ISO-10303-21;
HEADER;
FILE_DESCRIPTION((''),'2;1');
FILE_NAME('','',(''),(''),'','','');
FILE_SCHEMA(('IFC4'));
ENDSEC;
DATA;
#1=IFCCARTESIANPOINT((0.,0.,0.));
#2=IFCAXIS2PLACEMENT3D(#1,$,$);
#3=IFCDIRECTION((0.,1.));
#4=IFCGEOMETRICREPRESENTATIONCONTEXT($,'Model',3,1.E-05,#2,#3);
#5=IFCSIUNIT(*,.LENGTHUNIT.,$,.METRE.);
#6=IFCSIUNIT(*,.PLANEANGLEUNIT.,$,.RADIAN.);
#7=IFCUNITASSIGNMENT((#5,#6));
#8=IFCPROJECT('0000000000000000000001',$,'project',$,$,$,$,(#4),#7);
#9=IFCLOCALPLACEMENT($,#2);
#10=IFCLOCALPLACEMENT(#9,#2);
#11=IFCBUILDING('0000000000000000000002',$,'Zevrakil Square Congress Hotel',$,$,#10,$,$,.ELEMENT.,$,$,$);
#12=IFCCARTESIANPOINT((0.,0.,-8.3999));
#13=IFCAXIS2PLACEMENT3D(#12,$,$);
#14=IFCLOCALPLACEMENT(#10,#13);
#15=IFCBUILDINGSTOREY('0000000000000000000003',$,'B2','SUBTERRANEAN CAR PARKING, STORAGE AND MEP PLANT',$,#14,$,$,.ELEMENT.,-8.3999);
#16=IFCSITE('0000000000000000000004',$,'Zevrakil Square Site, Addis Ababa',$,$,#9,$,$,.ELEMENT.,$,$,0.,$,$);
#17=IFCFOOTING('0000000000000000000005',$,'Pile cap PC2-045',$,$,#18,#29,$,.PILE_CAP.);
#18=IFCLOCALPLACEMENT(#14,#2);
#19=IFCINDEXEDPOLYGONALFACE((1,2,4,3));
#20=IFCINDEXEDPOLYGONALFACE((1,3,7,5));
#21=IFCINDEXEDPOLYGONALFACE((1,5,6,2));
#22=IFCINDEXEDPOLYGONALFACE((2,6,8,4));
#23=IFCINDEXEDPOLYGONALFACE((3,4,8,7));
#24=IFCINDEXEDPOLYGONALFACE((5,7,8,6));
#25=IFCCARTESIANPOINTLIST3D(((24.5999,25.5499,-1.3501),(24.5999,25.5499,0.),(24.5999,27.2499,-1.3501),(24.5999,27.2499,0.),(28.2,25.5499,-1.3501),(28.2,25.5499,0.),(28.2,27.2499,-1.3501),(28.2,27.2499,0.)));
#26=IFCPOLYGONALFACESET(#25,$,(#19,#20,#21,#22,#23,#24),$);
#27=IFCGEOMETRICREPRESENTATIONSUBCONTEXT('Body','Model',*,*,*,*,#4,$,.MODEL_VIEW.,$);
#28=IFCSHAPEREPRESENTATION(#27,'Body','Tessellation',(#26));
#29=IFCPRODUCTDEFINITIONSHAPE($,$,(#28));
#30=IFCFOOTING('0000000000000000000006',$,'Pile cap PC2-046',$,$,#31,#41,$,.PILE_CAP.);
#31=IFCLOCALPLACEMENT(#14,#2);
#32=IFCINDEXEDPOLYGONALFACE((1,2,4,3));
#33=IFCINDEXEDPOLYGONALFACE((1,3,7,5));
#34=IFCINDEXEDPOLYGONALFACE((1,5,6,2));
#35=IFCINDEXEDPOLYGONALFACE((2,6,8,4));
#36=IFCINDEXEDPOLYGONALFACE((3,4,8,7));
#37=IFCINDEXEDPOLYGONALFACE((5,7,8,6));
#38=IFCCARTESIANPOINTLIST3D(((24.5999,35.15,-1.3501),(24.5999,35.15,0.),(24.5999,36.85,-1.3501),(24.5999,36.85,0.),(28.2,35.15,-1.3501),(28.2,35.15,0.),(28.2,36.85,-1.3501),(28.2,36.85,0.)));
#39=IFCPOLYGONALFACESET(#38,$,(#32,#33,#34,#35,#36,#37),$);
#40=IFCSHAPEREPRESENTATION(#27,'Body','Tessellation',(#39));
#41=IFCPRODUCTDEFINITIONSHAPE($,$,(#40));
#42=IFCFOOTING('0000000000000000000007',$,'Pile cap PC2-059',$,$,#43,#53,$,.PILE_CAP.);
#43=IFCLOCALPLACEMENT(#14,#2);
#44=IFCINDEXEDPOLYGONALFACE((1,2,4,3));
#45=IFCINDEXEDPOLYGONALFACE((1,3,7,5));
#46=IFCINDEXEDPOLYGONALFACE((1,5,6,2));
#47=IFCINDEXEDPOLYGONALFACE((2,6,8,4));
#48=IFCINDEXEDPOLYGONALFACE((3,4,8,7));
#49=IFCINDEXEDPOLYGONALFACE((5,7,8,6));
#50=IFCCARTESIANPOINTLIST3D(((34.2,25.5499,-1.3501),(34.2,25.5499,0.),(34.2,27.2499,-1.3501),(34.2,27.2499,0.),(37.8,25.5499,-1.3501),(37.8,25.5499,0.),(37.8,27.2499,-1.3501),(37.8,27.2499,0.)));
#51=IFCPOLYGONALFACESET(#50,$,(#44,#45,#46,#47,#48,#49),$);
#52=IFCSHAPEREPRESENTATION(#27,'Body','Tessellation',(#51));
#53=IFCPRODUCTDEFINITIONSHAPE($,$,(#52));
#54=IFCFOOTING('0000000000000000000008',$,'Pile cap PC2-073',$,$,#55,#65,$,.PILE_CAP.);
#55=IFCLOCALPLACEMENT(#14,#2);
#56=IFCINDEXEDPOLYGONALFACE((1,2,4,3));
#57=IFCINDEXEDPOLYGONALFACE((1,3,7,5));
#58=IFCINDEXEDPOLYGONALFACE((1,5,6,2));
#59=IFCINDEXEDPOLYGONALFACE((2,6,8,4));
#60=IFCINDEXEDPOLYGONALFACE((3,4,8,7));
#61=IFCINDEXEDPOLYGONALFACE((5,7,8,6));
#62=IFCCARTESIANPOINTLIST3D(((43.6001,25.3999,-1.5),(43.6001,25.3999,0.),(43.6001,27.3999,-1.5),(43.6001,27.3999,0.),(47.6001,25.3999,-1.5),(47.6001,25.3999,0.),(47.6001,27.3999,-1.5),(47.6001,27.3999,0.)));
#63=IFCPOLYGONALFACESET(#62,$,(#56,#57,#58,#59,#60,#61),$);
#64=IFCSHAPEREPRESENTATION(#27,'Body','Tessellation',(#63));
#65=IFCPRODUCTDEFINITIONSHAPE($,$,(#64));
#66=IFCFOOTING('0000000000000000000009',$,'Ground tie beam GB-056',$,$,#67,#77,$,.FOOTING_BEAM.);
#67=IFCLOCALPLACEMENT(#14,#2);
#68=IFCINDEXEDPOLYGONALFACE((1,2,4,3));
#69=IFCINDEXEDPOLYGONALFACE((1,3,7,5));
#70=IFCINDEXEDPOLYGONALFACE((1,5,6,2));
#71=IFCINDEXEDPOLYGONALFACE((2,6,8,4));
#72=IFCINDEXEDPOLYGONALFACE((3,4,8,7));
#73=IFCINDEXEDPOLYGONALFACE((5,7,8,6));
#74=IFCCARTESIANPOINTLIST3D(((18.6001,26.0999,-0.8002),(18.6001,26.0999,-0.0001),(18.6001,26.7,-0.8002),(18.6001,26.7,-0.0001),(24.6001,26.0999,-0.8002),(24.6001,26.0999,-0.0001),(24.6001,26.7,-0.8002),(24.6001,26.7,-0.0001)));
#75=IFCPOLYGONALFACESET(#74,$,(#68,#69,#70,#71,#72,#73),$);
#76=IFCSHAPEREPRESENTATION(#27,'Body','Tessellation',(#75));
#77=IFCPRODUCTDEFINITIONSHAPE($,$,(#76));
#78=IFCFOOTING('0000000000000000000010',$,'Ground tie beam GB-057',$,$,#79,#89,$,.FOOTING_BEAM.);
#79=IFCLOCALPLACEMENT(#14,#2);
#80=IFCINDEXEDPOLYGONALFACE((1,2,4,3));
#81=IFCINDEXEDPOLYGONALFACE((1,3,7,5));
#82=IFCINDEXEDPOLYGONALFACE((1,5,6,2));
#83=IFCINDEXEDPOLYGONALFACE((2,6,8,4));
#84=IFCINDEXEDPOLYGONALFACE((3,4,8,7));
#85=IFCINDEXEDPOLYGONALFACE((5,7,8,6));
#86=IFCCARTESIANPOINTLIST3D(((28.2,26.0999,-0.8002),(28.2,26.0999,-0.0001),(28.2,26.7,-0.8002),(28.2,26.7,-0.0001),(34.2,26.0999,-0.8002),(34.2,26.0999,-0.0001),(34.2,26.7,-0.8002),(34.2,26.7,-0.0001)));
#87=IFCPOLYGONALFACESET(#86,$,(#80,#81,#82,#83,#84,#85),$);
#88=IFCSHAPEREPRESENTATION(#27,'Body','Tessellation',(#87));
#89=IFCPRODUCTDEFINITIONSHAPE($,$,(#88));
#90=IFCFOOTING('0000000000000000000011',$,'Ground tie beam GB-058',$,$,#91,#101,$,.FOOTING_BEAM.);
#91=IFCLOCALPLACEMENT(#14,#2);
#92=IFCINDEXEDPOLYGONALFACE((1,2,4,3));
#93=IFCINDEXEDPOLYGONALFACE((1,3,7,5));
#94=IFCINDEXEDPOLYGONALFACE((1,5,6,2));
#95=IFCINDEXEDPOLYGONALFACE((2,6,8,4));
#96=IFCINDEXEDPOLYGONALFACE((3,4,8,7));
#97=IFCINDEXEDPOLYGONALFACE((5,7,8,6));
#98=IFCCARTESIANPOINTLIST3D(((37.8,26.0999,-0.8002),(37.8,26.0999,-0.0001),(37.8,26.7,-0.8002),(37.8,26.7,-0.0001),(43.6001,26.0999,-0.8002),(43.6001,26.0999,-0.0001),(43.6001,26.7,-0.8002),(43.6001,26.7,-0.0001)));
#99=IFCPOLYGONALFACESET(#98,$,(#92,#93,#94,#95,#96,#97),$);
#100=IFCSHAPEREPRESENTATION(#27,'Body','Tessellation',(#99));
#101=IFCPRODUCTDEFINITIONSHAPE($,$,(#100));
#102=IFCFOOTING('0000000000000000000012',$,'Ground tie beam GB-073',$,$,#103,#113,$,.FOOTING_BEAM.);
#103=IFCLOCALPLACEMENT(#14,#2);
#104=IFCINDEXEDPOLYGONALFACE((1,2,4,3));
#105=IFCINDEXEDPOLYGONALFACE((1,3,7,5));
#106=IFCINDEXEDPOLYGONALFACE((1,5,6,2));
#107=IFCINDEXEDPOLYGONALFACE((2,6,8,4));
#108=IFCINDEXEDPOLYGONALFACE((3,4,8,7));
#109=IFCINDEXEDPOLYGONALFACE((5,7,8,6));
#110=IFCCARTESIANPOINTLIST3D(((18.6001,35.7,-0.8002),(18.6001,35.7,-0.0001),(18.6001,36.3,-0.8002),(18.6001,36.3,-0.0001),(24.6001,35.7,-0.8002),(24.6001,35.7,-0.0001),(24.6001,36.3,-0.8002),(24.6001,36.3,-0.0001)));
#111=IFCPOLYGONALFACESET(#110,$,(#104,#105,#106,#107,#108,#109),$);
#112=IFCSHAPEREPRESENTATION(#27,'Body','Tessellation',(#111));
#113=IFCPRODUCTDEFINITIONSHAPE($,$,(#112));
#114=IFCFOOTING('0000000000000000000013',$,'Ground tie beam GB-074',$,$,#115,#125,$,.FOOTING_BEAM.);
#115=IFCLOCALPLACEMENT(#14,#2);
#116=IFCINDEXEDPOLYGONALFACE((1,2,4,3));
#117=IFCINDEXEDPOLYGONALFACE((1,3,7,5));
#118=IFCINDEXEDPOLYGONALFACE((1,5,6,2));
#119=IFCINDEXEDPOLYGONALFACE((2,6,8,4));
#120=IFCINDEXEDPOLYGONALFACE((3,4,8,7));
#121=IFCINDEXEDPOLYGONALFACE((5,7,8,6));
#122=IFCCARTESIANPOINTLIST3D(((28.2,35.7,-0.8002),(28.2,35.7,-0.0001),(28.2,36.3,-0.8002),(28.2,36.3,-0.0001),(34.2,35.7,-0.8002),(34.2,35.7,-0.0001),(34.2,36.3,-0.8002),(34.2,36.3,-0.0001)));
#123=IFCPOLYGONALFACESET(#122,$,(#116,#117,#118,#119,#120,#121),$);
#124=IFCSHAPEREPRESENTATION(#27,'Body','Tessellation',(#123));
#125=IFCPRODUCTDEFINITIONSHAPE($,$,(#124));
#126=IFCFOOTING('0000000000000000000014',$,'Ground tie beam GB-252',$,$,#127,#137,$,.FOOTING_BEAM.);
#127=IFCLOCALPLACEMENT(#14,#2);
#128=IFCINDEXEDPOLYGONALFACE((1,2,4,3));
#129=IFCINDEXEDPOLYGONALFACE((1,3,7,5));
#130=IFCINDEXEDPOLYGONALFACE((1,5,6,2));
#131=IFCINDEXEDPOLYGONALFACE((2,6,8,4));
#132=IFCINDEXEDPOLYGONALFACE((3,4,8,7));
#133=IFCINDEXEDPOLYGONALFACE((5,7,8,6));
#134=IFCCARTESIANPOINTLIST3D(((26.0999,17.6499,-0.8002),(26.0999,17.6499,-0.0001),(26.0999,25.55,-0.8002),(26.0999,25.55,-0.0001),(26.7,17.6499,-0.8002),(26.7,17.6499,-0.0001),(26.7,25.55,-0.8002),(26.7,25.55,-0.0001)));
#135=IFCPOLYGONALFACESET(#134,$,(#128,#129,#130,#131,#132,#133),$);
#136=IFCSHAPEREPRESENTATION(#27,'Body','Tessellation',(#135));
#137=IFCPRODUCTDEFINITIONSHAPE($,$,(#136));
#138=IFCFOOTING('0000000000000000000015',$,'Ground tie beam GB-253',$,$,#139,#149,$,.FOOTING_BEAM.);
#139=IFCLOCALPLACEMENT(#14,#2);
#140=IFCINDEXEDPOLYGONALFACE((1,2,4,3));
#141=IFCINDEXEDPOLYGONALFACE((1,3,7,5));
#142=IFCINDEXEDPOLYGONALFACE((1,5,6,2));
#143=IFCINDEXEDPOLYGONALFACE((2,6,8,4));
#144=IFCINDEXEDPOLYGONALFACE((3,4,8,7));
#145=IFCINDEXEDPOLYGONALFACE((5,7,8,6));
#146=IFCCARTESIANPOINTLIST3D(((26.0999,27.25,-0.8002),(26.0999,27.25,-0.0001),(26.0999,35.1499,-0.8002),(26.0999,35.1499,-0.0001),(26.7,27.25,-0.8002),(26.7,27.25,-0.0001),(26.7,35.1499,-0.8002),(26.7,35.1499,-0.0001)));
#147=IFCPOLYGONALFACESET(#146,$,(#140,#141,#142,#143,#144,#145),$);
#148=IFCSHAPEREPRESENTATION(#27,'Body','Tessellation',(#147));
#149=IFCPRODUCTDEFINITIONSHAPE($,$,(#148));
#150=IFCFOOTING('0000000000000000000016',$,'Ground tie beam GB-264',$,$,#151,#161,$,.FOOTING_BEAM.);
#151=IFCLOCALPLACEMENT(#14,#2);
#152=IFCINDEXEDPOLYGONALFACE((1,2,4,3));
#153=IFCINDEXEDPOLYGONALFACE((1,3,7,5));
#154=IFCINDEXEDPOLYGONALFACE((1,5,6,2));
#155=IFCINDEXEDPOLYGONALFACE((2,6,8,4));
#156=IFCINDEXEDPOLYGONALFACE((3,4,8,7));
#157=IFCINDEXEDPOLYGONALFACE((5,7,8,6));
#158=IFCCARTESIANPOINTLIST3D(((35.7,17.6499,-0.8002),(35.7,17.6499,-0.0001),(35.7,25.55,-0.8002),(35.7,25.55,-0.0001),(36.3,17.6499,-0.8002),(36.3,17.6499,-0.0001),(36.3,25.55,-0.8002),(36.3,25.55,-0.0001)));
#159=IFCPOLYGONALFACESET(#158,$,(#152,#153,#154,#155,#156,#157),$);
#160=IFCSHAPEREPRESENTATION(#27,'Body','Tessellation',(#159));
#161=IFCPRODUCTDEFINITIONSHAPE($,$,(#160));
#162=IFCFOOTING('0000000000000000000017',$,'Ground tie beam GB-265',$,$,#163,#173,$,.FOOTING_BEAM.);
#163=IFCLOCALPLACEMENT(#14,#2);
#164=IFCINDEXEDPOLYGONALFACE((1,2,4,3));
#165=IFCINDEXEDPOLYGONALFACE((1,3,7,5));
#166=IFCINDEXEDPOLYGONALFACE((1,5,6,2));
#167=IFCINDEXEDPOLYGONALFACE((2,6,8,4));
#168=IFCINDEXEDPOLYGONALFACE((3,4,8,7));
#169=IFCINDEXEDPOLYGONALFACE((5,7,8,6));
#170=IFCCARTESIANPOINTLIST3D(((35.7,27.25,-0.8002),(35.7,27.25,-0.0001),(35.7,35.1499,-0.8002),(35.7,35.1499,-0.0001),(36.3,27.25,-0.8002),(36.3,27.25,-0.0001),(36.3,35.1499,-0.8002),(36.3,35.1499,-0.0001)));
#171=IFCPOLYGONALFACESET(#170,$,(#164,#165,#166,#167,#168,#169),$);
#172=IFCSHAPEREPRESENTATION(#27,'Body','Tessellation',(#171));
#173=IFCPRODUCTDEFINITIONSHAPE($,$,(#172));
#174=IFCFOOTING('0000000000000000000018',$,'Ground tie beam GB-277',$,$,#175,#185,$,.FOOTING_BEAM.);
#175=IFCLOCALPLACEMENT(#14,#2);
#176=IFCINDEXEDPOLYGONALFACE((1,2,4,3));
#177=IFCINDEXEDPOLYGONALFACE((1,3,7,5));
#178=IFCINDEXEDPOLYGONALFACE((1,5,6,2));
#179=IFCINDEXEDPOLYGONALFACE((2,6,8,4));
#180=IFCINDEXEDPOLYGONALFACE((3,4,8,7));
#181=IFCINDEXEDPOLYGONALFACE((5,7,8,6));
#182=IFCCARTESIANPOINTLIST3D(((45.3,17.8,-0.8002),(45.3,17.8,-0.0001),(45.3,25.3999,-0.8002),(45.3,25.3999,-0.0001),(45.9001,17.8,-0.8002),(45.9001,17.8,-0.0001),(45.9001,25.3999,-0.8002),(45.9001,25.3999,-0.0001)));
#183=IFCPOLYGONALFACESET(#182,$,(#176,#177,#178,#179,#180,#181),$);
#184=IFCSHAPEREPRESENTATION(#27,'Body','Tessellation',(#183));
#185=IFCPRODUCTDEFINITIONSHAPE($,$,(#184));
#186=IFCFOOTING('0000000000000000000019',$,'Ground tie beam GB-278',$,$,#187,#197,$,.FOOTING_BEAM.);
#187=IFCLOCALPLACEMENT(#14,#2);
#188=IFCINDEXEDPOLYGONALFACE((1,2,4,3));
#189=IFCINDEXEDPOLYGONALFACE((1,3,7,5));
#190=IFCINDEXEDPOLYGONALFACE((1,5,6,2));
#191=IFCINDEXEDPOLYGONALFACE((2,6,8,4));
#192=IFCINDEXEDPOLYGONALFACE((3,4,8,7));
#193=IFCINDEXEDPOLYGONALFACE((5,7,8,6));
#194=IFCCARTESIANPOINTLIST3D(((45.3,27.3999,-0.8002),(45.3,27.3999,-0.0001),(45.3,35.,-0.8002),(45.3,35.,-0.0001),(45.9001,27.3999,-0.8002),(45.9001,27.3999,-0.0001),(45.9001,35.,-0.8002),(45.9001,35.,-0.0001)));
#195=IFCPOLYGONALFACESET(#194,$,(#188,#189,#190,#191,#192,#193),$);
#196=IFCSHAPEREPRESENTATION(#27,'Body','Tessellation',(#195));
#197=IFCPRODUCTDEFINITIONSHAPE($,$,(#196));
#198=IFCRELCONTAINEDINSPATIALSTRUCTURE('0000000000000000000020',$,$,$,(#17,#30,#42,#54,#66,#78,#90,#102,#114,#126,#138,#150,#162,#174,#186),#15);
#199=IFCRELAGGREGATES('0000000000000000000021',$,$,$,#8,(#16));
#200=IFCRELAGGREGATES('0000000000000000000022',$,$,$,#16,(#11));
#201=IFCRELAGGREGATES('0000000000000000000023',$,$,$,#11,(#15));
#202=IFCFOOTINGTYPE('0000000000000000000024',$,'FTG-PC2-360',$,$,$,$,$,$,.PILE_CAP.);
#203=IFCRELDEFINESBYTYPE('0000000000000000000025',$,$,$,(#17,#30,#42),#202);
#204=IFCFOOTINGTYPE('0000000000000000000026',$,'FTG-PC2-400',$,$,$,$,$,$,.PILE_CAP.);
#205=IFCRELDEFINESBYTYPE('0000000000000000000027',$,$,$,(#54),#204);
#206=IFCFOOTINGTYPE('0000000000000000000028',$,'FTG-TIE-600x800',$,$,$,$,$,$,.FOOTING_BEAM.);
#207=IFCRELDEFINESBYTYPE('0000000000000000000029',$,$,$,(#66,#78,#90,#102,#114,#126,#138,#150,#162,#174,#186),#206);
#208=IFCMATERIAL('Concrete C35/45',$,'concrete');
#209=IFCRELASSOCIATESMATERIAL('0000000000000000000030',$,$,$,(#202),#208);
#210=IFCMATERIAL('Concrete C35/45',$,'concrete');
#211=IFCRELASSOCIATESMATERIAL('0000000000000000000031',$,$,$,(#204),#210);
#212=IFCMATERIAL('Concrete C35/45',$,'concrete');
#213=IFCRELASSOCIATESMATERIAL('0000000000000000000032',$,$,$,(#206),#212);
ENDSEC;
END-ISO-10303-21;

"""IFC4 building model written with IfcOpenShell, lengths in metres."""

from ifc_helpers import new_model, si_unit, direction, frame, origin, origin_2d, place, context, subcontext, project, spatial, rectangle, extrude, material, material_profile, profile_set, type_object, element, save


model = new_model("IFC4")

# Units and contexts
model_context = context("Model", 3, precision=1e-05, world=origin(), true_north=direction((0.0, 1.0)))
body_context = subcontext(model_context, "Body", "Model", "MODEL_VIEW")
ifc_project = project(units=[si_unit("LENGTHUNIT", "METRE"), si_unit("PLANEANGLEUNIT", "RADIAN")], contexts=[model_context])

# Site, building, storey
site_placement = place(None, origin())
site = spatial("IfcSite", under=ifc_project, at=site_placement, Name="Zevrakil Square Site, Addis Ababa", CompositionType="ELEMENT", RefElevation=0.0)
building_placement = place(site_placement, origin())
building = spatial("IfcBuilding", under=site, at=building_placement, Name="Zevrakil Square Congress Hotel", CompositionType="ELEMENT")
storey_placement = place(building_placement, frame((0.0, 0.0, -8.3999)))
storey = spatial("IfcBuildingStorey", under=building, at=storey_placement, Name="B2", Description="SUBTERRANEAN CAR PARKING, STORAGE AND MEP PLANT", CompositionType="ELEMENT", Elevation=-8.3999)

# Footings
ifc_material_1 = material(Name="Concrete C35/45", Category="concrete")
footing_type_1 = type_object("IfcFootingType", Name="FTG-PC2-360", PredefinedType="PILE_CAP", material=ifc_material_1)
for number, where, z_axis, x_axis, name in (
    (1, (26.3999, 26.3999, -1.3501), (0.0, 0.0, 1.0), (1.0, 0.0, 0.0), "Pile cap PC2-045"),
    (2, (26.3999, 36.0, -1.3501), (0.0, 0.0, 1.0), (1.0, 0.0, 0.0), "Pile cap PC2-046"),
    (3, (36.0, 26.3999, -1.3501), (0.0, 0.0, 1.0), (1.0, 0.0, 0.0), "Pile cap PC2-059"),
):
    element("IfcFooting", number, at=place(storey_placement, frame(where, z_axis=z_axis, x_axis=x_axis)), inside=storey, type_object=footing_type_1, Name=name, PredefinedType="PILE_CAP", context=body_context, shape_type="SweptSolid", body=[
        extrude(rectangle(XDim=3.6001, YDim=1.7, at=origin_2d()), origin(), (0.0, 0.0, 1.0), 1.3501),
    ])
ifc_material_2 = material(Name="Concrete C35/45", Category="concrete")
footing_type_2 = type_object("IfcFootingType", Name="FTG-PC2-400", PredefinedType="PILE_CAP", material=ifc_material_2)
footing_1_placement = place(storey_placement, frame((45.6001, 26.3999, -1.5), z_axis=(0.0, 0.0, 1.0), x_axis=(1.0, 0.0, 0.0)))
element("IfcFooting", 4, at=footing_1_placement, inside=storey, type_object=footing_type_2, Name="Pile cap PC2-073", PredefinedType="PILE_CAP", context=body_context, shape_type="SweptSolid", body=[
    extrude(rectangle(XDim=4.0, YDim=2.0, at=origin_2d()), origin(), (0.0, 0.0, 1.0), 1.5),
])
ifc_material_3 = material(Name="Concrete C35/45", Category="concrete")
ifc_material_profile_1 = material_profile(ifc_material_3, rectangle(XDim=0.6001, YDim=0.8, at=origin_2d()), Name="RC 600x800")
ifc_profile_set_1 = profile_set([ifc_material_profile_1], Name="Concrete C35/45")
footing_type_3 = type_object("IfcFootingType", Name="FTG-TIE-600x800", PredefinedType="FOOTING_BEAM", material=ifc_profile_set_1)
for number, where, z_axis, x_axis, name in (
    (5, (18.6001, 26.3999, -0.4001), (1.0, 0.0, 0.0), (0.0, 1.0, 0.0), "Ground tie beam GB-056"),
    (6, (28.2, 26.3999, -0.4001), (1.0, 0.0, 0.0), (0.0, 1.0, 0.0), "Ground tie beam GB-057"),
):
    element("IfcFooting", number, at=place(storey_placement, frame(where, z_axis=z_axis, x_axis=x_axis)), inside=storey, type_object=footing_type_3, Name=name, PredefinedType="FOOTING_BEAM", context=body_context, shape_type="SweptSolid", body=[
        extrude(rectangle(XDim=0.6001, YDim=0.8, at=origin_2d()), origin(), (0.0, 0.0, 1.0), 6.0),
    ])
footing_2_placement = place(storey_placement, frame((37.8, 26.3999, -0.4001), z_axis=(1.0, 0.0, 0.0), x_axis=(0.0, 1.0, 0.0)))
element("IfcFooting", 7, at=footing_2_placement, inside=storey, type_object=footing_type_3, Name="Ground tie beam GB-058", PredefinedType="FOOTING_BEAM", context=body_context, shape_type="SweptSolid", body=[
    extrude(rectangle(XDim=0.6001, YDim=0.8, at=origin_2d()), origin(), (0.0, 0.0, 1.0), 5.8),
])
for number, where, z_axis, x_axis, name in (
    (8, (18.6001, 36.0, -0.4001), (1.0, 0.0, 0.0), (0.0, 1.0, 0.0), "Ground tie beam GB-073"),
    (9, (28.2, 36.0, -0.4001), (1.0, 0.0, 0.0), (0.0, 1.0, 0.0), "Ground tie beam GB-074"),
):
    element("IfcFooting", number, at=place(storey_placement, frame(where, z_axis=z_axis, x_axis=x_axis)), inside=storey, type_object=footing_type_3, Name=name, PredefinedType="FOOTING_BEAM", context=body_context, shape_type="SweptSolid", body=[
        extrude(rectangle(XDim=0.6001, YDim=0.8, at=origin_2d()), origin(), (0.0, 0.0, 1.0), 6.0),
    ])
footing_3_placement = place(storey_placement, frame((26.3999, 17.6499, -0.4001), z_axis=(0.0, 1.0, 0.0), x_axis=(-1.0, 0.0, 0.0)))
element("IfcFooting", 10, at=footing_3_placement, inside=storey, type_object=footing_type_3, Name="Ground tie beam GB-252", PredefinedType="FOOTING_BEAM", context=body_context, shape_type="SweptSolid", body=[
    extrude(rectangle(XDim=0.6001, YDim=0.8, at=origin_2d()), origin(), (0.0, 0.0, 1.0), 7.9001),
])
footing_4_placement = place(storey_placement, frame((26.3999, 27.25, -0.4001), z_axis=(0.0, 1.0, 0.0), x_axis=(-1.0, 0.0, 0.0)))
element("IfcFooting", 11, at=footing_4_placement, inside=storey, type_object=footing_type_3, Name="Ground tie beam GB-253", PredefinedType="FOOTING_BEAM", context=body_context, shape_type="SweptSolid", body=[
    extrude(rectangle(XDim=0.6001, YDim=0.8, at=origin_2d()), origin(), (0.0, 0.0, 1.0), 7.8999),
])
footing_5_placement = place(storey_placement, frame((36.0, 17.6499, -0.4001), z_axis=(0.0, 1.0, 0.0), x_axis=(-1.0, 0.0, 0.0)))
element("IfcFooting", 12, at=footing_5_placement, inside=storey, type_object=footing_type_3, Name="Ground tie beam GB-264", PredefinedType="FOOTING_BEAM", context=body_context, shape_type="SweptSolid", body=[
    extrude(rectangle(XDim=0.6001, YDim=0.8, at=origin_2d()), origin(), (0.0, 0.0, 1.0), 7.9001),
])
footing_6_placement = place(storey_placement, frame((36.0, 27.25, -0.4001), z_axis=(0.0, 1.0, 0.0), x_axis=(-1.0, 0.0, 0.0)))
element("IfcFooting", 13, at=footing_6_placement, inside=storey, type_object=footing_type_3, Name="Ground tie beam GB-265", PredefinedType="FOOTING_BEAM", context=body_context, shape_type="SweptSolid", body=[
    extrude(rectangle(XDim=0.6001, YDim=0.8, at=origin_2d()), origin(), (0.0, 0.0, 1.0), 7.8999),
])
footing_7_placement = place(storey_placement, frame((45.6001, 17.8, -0.4001), z_axis=(0.0, 1.0, 0.0), x_axis=(-1.0, 0.0, 0.0)))
element("IfcFooting", 14, at=footing_7_placement, inside=storey, type_object=footing_type_3, Name="Ground tie beam GB-277", PredefinedType="FOOTING_BEAM", context=body_context, shape_type="SweptSolid", body=[
    extrude(rectangle(XDim=0.6001, YDim=0.8, at=origin_2d()), origin(), (0.0, 0.0, 1.0), 7.5999),
])
footing_8_placement = place(storey_placement, frame((45.6001, 27.3999, -0.4001), z_axis=(0.0, 1.0, 0.0), x_axis=(-1.0, 0.0, 0.0)))
element("IfcFooting", 15, at=footing_8_placement, inside=storey, type_object=footing_type_3, Name="Ground tie beam GB-278", PredefinedType="FOOTING_BEAM", context=body_context, shape_type="SweptSolid", body=[
    extrude(rectangle(XDim=0.6001, YDim=0.8, at=origin_2d()), origin(), (0.0, 0.0, 1.0), 7.6001),
])

save(model, "model.ifc")
